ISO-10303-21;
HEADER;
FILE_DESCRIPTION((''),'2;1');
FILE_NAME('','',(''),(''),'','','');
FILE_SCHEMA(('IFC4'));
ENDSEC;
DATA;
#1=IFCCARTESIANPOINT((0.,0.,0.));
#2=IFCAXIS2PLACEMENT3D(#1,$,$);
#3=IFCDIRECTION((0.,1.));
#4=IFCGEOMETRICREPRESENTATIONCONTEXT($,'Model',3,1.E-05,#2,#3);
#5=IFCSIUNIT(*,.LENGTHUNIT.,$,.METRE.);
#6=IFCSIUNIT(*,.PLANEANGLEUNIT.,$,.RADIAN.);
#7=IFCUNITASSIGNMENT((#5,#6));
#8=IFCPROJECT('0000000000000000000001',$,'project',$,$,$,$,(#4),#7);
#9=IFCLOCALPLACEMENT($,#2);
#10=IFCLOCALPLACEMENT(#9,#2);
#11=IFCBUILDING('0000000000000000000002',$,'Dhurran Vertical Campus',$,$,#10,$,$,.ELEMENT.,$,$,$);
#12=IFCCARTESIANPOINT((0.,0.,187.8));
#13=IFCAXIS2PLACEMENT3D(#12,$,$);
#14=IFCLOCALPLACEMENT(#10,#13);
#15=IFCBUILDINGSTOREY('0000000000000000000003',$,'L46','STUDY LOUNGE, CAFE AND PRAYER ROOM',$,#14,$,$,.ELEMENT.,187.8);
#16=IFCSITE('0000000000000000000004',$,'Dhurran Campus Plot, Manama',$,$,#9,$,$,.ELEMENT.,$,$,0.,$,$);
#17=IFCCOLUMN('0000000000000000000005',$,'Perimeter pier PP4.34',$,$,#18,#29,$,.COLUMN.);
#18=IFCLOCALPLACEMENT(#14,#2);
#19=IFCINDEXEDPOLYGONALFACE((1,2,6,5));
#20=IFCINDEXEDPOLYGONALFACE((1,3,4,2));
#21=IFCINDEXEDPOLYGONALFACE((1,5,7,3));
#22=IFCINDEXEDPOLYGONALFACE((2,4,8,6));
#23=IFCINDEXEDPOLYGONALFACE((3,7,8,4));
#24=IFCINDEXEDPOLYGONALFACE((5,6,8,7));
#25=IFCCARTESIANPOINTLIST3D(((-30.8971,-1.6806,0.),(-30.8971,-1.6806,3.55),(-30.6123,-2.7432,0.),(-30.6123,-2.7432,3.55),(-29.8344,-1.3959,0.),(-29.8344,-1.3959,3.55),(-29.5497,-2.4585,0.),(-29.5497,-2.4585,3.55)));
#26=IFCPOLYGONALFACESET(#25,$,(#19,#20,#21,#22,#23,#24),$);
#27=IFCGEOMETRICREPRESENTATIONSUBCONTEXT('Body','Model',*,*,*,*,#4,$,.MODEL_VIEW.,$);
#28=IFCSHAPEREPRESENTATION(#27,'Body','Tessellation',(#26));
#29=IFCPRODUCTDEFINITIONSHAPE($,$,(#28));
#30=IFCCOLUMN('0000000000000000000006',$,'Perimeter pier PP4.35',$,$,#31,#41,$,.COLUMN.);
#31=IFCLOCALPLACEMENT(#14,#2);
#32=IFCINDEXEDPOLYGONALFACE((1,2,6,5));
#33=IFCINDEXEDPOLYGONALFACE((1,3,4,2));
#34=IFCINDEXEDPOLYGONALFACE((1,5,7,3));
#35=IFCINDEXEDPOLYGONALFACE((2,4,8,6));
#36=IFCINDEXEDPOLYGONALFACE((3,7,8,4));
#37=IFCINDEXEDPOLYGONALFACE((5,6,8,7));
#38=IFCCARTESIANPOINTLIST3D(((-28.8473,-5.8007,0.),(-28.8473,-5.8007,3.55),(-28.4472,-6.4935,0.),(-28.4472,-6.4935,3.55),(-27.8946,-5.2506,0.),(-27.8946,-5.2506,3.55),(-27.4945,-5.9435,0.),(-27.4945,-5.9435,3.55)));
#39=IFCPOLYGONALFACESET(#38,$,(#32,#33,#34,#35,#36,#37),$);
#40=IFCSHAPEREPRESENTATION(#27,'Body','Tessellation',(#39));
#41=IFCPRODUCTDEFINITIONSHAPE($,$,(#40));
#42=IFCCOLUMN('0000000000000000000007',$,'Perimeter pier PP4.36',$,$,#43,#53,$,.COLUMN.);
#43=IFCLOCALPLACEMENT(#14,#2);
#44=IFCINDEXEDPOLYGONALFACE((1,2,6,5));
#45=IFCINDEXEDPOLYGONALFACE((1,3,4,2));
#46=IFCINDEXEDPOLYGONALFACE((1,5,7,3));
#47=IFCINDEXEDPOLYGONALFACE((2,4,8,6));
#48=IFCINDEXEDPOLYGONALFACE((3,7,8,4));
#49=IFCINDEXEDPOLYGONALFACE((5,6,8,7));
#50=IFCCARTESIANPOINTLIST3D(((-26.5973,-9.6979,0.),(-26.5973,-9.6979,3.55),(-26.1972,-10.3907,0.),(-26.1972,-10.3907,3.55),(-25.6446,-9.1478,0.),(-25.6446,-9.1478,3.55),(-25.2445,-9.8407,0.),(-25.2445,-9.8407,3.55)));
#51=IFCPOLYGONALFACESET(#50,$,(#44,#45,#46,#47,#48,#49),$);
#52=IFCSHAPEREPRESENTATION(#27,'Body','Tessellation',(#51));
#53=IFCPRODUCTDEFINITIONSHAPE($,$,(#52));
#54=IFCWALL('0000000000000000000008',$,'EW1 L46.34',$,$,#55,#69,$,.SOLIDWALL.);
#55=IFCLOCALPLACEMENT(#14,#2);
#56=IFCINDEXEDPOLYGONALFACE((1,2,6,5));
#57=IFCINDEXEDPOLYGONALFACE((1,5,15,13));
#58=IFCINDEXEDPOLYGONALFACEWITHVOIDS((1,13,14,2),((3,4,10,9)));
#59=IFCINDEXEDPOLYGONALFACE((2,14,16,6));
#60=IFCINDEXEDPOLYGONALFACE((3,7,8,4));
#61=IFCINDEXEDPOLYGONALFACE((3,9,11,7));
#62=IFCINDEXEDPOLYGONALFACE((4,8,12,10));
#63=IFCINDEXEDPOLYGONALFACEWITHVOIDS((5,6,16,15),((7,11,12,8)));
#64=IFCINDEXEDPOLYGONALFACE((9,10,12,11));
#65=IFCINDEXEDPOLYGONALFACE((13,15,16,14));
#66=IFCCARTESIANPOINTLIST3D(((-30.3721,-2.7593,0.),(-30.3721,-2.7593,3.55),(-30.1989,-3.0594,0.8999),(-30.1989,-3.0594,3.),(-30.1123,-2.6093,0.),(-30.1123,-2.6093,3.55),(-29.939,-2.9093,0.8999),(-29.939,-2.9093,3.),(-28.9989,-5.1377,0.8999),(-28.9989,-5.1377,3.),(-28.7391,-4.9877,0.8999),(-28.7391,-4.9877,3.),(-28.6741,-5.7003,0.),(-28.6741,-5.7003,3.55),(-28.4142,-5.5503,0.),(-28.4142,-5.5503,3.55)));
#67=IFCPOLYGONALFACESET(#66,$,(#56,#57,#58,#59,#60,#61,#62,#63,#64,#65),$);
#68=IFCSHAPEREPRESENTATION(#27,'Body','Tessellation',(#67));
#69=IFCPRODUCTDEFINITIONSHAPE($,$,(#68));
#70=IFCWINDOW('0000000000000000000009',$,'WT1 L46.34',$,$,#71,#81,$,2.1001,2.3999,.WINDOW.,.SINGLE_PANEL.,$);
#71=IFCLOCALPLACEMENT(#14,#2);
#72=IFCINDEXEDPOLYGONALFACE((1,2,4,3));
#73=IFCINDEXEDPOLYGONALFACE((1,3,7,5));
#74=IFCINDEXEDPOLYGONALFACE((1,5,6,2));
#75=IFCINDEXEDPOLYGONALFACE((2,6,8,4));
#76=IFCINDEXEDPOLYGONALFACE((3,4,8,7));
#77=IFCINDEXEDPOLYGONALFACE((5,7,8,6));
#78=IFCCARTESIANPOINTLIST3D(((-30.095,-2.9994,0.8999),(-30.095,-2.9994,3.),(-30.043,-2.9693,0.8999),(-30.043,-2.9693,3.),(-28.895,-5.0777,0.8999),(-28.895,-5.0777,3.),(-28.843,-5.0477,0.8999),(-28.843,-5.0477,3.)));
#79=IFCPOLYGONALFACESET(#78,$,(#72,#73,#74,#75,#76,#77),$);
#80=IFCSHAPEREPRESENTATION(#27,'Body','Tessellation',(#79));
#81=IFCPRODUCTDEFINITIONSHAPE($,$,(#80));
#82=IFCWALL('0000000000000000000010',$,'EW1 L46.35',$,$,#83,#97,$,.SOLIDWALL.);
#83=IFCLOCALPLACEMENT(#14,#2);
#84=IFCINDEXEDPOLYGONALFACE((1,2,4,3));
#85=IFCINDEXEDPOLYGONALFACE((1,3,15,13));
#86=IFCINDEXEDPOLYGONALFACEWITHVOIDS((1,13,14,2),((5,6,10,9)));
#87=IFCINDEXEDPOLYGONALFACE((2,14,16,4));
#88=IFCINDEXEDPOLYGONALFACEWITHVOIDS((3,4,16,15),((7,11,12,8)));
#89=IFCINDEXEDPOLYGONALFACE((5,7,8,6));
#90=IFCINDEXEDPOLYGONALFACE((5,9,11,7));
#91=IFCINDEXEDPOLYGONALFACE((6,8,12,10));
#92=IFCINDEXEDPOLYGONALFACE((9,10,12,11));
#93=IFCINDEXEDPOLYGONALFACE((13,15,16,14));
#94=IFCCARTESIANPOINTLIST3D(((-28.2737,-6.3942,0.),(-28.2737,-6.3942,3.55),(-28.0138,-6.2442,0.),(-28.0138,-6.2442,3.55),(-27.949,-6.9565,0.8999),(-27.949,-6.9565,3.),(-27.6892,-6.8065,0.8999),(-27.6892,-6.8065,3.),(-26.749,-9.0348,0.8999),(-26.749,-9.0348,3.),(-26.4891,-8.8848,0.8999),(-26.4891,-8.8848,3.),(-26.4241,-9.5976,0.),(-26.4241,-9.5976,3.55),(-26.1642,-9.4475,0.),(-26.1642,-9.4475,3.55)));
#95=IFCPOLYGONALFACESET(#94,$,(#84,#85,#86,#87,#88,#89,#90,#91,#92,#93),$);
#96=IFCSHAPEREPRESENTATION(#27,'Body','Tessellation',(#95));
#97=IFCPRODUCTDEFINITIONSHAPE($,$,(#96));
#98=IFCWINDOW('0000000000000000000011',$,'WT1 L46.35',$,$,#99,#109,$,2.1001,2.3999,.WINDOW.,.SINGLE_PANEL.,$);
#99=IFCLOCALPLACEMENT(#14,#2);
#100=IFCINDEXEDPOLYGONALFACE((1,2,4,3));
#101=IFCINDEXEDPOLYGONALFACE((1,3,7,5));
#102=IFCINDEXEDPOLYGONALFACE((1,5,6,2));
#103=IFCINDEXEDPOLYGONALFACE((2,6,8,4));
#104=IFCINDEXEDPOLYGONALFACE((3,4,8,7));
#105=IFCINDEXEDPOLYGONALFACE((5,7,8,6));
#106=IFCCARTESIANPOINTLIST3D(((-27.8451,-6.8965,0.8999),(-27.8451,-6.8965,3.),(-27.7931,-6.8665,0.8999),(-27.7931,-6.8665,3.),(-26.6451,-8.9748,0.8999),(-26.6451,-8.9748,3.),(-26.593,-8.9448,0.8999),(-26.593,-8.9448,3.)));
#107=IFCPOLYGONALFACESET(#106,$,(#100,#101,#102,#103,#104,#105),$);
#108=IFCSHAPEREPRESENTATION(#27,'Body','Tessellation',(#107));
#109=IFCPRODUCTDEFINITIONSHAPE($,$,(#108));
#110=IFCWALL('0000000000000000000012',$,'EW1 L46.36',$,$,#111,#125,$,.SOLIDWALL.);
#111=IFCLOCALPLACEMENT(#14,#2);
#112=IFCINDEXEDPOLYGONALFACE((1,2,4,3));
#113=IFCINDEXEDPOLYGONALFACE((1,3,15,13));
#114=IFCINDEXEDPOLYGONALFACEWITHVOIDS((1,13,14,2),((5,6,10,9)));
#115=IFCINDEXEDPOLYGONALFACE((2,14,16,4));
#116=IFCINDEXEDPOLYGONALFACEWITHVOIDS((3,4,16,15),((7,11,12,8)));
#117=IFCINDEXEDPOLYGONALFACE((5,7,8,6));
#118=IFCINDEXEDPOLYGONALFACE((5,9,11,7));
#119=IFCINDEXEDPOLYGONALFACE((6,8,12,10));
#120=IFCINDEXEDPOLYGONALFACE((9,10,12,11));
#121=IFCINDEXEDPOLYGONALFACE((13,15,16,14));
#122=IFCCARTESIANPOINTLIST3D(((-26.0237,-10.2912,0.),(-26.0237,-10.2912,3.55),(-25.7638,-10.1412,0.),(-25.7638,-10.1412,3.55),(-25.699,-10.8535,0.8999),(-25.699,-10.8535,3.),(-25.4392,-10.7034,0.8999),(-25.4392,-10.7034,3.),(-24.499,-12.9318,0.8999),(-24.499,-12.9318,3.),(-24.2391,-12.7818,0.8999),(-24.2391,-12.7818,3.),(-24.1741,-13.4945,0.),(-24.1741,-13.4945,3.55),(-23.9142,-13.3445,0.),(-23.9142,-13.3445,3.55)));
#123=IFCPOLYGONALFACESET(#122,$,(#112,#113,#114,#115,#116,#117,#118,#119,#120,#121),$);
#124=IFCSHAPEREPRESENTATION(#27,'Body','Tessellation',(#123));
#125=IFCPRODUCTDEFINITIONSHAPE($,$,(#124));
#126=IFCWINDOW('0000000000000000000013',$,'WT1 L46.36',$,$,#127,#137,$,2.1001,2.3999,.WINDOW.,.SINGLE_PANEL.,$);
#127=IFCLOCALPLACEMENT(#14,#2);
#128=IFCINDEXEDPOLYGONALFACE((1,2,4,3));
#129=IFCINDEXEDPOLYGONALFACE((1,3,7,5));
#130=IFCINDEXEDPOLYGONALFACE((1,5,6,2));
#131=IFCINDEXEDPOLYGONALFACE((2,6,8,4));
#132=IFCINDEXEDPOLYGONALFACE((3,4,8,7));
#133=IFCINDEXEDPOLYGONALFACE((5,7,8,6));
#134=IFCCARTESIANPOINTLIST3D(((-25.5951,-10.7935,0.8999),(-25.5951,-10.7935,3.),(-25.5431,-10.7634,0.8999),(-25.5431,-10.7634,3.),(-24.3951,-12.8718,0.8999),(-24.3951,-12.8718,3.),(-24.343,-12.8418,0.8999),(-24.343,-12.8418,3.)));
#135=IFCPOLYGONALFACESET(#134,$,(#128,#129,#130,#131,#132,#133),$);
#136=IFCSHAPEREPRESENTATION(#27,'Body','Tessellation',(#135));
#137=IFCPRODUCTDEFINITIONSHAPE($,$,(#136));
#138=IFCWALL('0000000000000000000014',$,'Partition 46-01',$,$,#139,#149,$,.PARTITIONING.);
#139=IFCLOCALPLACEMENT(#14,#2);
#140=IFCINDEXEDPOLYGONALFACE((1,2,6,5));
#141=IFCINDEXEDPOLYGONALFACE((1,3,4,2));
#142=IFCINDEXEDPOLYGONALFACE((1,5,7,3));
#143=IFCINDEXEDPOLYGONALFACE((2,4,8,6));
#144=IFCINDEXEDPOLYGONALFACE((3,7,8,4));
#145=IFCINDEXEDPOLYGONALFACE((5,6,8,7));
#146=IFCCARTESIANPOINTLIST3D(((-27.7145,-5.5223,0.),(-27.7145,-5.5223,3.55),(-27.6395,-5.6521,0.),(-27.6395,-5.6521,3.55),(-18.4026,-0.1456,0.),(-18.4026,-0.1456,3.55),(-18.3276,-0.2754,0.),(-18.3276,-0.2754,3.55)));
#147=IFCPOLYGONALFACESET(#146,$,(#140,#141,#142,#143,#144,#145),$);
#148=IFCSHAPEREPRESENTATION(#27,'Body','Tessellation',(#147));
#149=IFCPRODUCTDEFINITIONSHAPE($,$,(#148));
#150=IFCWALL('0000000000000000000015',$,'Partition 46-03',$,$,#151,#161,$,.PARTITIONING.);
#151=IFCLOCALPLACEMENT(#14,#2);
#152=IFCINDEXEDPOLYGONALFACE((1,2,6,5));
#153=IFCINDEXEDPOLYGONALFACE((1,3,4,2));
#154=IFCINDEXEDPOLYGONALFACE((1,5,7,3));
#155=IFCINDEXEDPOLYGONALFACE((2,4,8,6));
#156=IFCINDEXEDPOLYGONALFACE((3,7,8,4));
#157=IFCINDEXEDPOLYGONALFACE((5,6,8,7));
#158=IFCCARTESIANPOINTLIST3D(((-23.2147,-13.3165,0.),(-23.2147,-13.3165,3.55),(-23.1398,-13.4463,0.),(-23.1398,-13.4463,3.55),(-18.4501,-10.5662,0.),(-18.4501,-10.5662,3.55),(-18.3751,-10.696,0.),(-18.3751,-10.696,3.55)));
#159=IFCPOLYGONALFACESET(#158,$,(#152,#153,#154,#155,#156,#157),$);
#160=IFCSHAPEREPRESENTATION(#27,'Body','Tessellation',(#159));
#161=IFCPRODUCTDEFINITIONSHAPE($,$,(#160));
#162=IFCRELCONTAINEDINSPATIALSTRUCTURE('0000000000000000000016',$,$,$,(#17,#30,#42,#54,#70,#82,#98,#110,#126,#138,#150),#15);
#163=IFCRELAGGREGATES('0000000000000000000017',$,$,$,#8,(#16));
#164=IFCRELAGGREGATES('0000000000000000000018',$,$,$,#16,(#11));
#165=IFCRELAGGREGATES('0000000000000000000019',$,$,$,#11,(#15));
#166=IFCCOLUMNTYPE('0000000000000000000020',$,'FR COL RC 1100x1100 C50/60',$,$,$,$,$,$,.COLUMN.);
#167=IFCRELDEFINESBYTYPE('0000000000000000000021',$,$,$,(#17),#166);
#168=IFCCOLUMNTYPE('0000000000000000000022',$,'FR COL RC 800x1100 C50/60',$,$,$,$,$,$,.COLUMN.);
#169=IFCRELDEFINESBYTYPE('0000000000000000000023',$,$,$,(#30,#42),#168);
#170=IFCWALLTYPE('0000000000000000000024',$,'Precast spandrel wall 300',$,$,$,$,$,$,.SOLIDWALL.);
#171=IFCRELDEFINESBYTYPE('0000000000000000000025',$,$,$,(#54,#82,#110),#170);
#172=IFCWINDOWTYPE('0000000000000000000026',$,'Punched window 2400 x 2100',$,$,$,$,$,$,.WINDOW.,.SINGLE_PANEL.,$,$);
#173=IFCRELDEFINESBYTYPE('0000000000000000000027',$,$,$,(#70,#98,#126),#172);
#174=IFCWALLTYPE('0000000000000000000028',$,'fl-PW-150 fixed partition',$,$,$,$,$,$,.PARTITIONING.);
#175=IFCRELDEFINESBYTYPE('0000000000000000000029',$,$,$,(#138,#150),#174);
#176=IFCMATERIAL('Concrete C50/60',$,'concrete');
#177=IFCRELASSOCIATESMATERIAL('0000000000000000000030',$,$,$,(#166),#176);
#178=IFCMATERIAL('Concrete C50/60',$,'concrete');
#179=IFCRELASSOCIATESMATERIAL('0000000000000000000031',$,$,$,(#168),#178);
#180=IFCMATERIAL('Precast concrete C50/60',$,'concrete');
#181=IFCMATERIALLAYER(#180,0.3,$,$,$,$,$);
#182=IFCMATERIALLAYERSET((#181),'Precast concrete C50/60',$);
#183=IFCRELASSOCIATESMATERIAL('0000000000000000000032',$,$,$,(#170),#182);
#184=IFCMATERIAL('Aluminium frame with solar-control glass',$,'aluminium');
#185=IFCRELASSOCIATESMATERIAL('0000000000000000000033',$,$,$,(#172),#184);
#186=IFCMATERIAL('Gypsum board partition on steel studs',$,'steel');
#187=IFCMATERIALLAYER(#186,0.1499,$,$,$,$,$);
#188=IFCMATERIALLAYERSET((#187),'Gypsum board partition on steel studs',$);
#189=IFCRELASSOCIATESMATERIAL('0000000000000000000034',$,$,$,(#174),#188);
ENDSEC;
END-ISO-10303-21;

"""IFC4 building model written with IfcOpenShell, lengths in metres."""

from ifc_helpers import new_model, si_unit, direction, frame, frame_2d, origin, origin_2d, place, context, subcontext, project, spatial, rectangle, extrude, material, layer, layer_set, material_profile, profile_set, type_object, element, fill, save


model = new_model("IFC4")

# Units and contexts
model_context = context("Model", 3, precision=1e-05, world=origin(), true_north=direction((0.0, 1.0)))
body_context = subcontext(model_context, "Body", "Model", "MODEL_VIEW")
ifc_project = project(units=[si_unit("LENGTHUNIT", "METRE"), si_unit("PLANEANGLEUNIT", "RADIAN")], contexts=[model_context])

# Site, building, storey
site_placement = place(None, origin())
site = spatial("IfcSite", under=ifc_project, at=site_placement, Name="Dhurran Campus Plot, Manama", CompositionType="ELEMENT", RefElevation=0.0)
building_placement = place(site_placement, origin())
building = spatial("IfcBuilding", under=site, at=building_placement, Name="Dhurran Vertical Campus", CompositionType="ELEMENT")
storey_placement = place(building_placement, frame((0.0, 0.0, 187.8)))
storey = spatial("IfcBuildingStorey", under=building, at=storey_placement, Name="L46", Description="STUDY LOUNGE, CAFE AND PRAYER ROOM", CompositionType="ELEMENT", Elevation=187.8)

# Columns
ifc_material_1 = material(Name="Concrete C50/60", Category="concrete")
ifc_material_profile_1 = material_profile(ifc_material_1, rectangle(XDim=1.1001, YDim=1.1001, at=origin_2d()), Name="RC 1100x1100")
ifc_profile_set_1 = profile_set([ifc_material_profile_1], Name="Concrete C50/60")
column_type_1 = type_object("IfcColumnType", Name="FR COL RC 1100x1100 C50/60", PredefinedType="COLUMN", material=ifc_profile_set_1)
column_placement = place(storey_placement, frame((-30.2234, -2.0696, 0.0), z_axis=(0.0, 0.0, 1.0), x_axis=(0.258819, -0.965926, 0.0)))
element("IfcColumn", 1, at=column_placement, inside=storey, type_object=column_type_1, Name="Perimeter pier PP4.34", PredefinedType="COLUMN", context=body_context, shape_type="SweptSolid", body=[
    extrude(rectangle(XDim=1.1001, YDim=1.1001, at=origin_2d()), origin(), (0.0, 0.0, 1.0), 3.55),
])
ifc_material_2 = material(Name="Concrete C50/60", Category="concrete")
ifc_material_profile_2 = material_profile(ifc_material_2, rectangle(XDim=0.8, YDim=1.1001, at=origin_2d()), Name="RC 800x1100")
ifc_profile_set_2 = profile_set([ifc_material_profile_2], Name="Concrete C50/60")
column_type_2 = type_object("IfcColumnType", Name="FR COL RC 800x1100 C50/60", PredefinedType="COLUMN", material=ifc_profile_set_2)
for number, where, z_axis, x_axis, name in (
    (2, (-28.1709, -5.8721, 0.0), (0.0, 0.0, 1.0), (0.5, -0.866025, 0.0), "Perimeter pier PP4.35"),
    (3, (-25.9209, -9.7693, 0.0), (0.0, 0.0, 1.0), (0.5, -0.866025, 0.0), "Perimeter pier PP4.36"),
):
    element("IfcColumn", number, at=place(storey_placement, frame(where, z_axis=z_axis, x_axis=x_axis)), inside=storey, type_object=column_type_2, Name=name, PredefinedType="COLUMN", context=body_context, shape_type="SweptSolid", body=[
        extrude(rectangle(XDim=0.8, YDim=1.1001, at=origin_2d()), origin(), (0.0, 0.0, 1.0), 3.55),
    ])

# Walls, openings, windows
ifc_material_3 = material(Name="Precast concrete C50/60", Category="concrete")
ifc_layer_1 = layer(ifc_material_3, 0.3)
ifc_layer_set_1 = layer_set([ifc_layer_1], Name="Precast concrete C50/60")
wall_type_1 = type_object("IfcWallType", Name="Precast spandrel wall 300", PredefinedType="SOLIDWALL", material=ifc_layer_set_1)
wall_1_placement = place(storey_placement, frame((-30.2422, -2.6843, 0.0), z_axis=(0.0, 0.0, 1.0), x_axis=(0.500013, -0.866018, 0.0)))
wall_1 = element("IfcWall", 4, at=wall_1_placement, inside=storey, type_object=wall_type_1, Name="EW1 L46.34", PredefinedType="SOLIDWALL", context=body_context, shape_type="SweptSolid", body=[
    extrude(rectangle(XDim=3.396, YDim=0.3, at=frame_2d((1.698, 0.0))), origin(), (0.0, 0.0, 1.0), 3.55),
])
opening_1_placement = place(wall_1_placement, frame((0.3464, 0.0, 0.8999)))
opening_1 = element("IfcOpeningElement", 5, at=opening_1_placement, cuts=wall_1, PredefinedType="OPENING", context=body_context, shape_type="SweptSolid", body=[
    extrude(rectangle(XDim=2.3999, YDim=2.1001, at=frame_2d((1.2, 1.05))), frame((0.0, 0.1599, 0.0), z_axis=(0.0, -1.0, 0.0), x_axis=(1.0, 0.0, 0.0)), (0.0, 0.0, 1.0), 0.3201),
])
ifc_material_4 = material(Name="Aluminium frame with solar-control glass", Category="aluminium")
window_type = type_object("IfcWindowType", Name="Punched window 2400 x 2100", PartitioningType="SINGLE_PANEL", PredefinedType="WINDOW", material=ifc_material_4)
window_1_placement = place(opening_1_placement, origin())
window_1 = element("IfcWindow", 6, at=window_1_placement, inside=storey, type_object=window_type, Name="WT1 L46.34", OverallHeight=2.1001, OverallWidth=2.3999, PartitioningType="SINGLE_PANEL", PredefinedType="WINDOW", context=body_context, shape_type="SweptSolid", body=[
    extrude(rectangle(XDim=2.3999, YDim=2.1001, at=frame_2d((1.2, 1.05))), frame((0.0, 0.03, 0.0), z_axis=(0.0, -1.0, 0.0), x_axis=(1.0, 0.0, 0.0)), (0.0, 0.0, 1.0), 0.0601),
])
fill(opening_1, window_1)
wall_2_placement = place(storey_placement, frame((-28.1438, -6.3191, 0.0), z_axis=(0.0, 0.0, 1.0), x_axis=(0.500029, -0.866009, 0.0)))
wall_2 = element("IfcWall", 7, at=wall_2_placement, inside=storey, type_object=wall_type_1, Name="EW1 L46.35", PredefinedType="SOLIDWALL", context=body_context, shape_type="SweptSolid", body=[
    extrude(rectangle(XDim=3.699, YDim=0.3, at=frame_2d((1.8496, 0.0))), origin(), (0.0, 0.0, 1.0), 3.55),
])
opening_2_placement = place(wall_2_placement, frame((0.6494, 0.0, 0.8999)))
opening_2 = element("IfcOpeningElement", 8, at=opening_2_placement, cuts=wall_2, PredefinedType="OPENING", context=body_context, shape_type="SweptSolid", body=[
    extrude(rectangle(XDim=2.3999, YDim=2.1001, at=frame_2d((1.2, 1.05))), frame((0.0, 0.1599, 0.0), z_axis=(0.0, -1.0, 0.0), x_axis=(1.0, 0.0, 0.0)), (0.0, 0.0, 1.0), 0.3201),
])
window_2_placement = place(opening_2_placement, origin())
window_2 = element("IfcWindow", 9, at=window_2_placement, inside=storey, type_object=window_type, Name="WT1 L46.35", OverallHeight=2.1001, OverallWidth=2.3999, PartitioningType="SINGLE_PANEL", PredefinedType="WINDOW", context=body_context, shape_type="SweptSolid", body=[
    extrude(rectangle(XDim=2.3999, YDim=2.1001, at=frame_2d((1.2, 1.05))), frame((0.0, 0.03, 0.0), z_axis=(0.0, -1.0, 0.0), x_axis=(1.0, 0.0, 0.0)), (0.0, 0.0, 1.0), 0.0601),
])
fill(opening_2, window_2)
wall_3_placement = place(storey_placement, frame((-25.8938, -10.2161, 0.0), z_axis=(0.0, 0.0, 1.0), x_axis=(0.500029, -0.866009, 0.0)))
wall_3 = element("IfcWall", 10, at=wall_3_placement, inside=storey, type_object=wall_type_1, Name="EW1 L46.36", PredefinedType="SOLIDWALL", context=body_context, shape_type="SweptSolid", body=[
    extrude(rectangle(XDim=3.699, YDim=0.3, at=frame_2d((1.8496, 0.0))), origin(), (0.0, 0.0, 1.0), 3.55),
])
opening_3_placement = place(wall_3_placement, frame((0.6494, 0.0, 0.8999)))
opening_3 = element("IfcOpeningElement", 11, at=opening_3_placement, cuts=wall_3, PredefinedType="OPENING", context=body_context, shape_type="SweptSolid", body=[
    extrude(rectangle(XDim=2.3999, YDim=2.1001, at=frame_2d((1.2, 1.05))), frame((0.0, 0.1599, 0.0), z_axis=(0.0, -1.0, 0.0), x_axis=(1.0, 0.0, 0.0)), (0.0, 0.0, 1.0), 0.3201),
])
window_3_placement = place(opening_3_placement, origin())
window_3 = element("IfcWindow", 12, at=window_3_placement, inside=storey, type_object=window_type, Name="WT1 L46.36", OverallHeight=2.1001, OverallWidth=2.3999, PartitioningType="SINGLE_PANEL", PredefinedType="WINDOW", context=body_context, shape_type="SweptSolid", body=[
    extrude(rectangle(XDim=2.3999, YDim=2.1001, at=frame_2d((1.2, 1.05))), frame((0.0, 0.03, 0.0), z_axis=(0.0, -1.0, 0.0), x_axis=(1.0, 0.0, 0.0)), (0.0, 0.0, 1.0), 0.0601),
])
fill(opening_3, window_3)

# Walls
ifc_material_5 = material(Name="Gypsum board partition on steel studs", Category="steel")
ifc_layer_2 = layer(ifc_material_5, 0.1499)
ifc_layer_set_2 = layer_set([ifc_layer_2], Name="Gypsum board partition on steel studs")
wall_type_2 = type_object("IfcWallType", Name="fl-PW-150 fixed partition", PredefinedType="PARTITIONING", material=ifc_layer_set_2)
wall_4_placement = place(storey_placement, frame((-18.365, -0.2104, 0.0), z_axis=(0.0, 0.0, 1.0), x_axis=(-0.866009, -0.500029, 0.0)))
element("IfcWall", 13, at=wall_4_placement, inside=storey, type_object=wall_type_2, Name="Partition 46-01", PredefinedType="PARTITIONING", context=body_context, shape_type="SweptSolid", body=[
    extrude(rectangle(XDim=10.7527, YDim=0.1499, at=frame_2d((5.3765, 0.0))), origin(), (0.0, 0.0, 1.0), 3.55),
])
wall_5_placement = place(storey_placement, frame((-18.4126, -10.6311, 0.0), z_axis=(0.0, 0.0, 1.0), x_axis=(-0.866075, -0.499915, 0.0)))
element("IfcWall", 14, at=wall_5_placement, inside=storey, type_object=wall_type_2, Name="Partition 46-03", PredefinedType="PARTITIONING", context=body_context, shape_type="SweptSolid", body=[
    extrude(rectangle(XDim=5.5015, YDim=0.1499, at=frame_2d((2.7507, 0.0))), origin(), (0.0, 0.0, 1.0), 3.55),
])

save(model, "model.ifc")
